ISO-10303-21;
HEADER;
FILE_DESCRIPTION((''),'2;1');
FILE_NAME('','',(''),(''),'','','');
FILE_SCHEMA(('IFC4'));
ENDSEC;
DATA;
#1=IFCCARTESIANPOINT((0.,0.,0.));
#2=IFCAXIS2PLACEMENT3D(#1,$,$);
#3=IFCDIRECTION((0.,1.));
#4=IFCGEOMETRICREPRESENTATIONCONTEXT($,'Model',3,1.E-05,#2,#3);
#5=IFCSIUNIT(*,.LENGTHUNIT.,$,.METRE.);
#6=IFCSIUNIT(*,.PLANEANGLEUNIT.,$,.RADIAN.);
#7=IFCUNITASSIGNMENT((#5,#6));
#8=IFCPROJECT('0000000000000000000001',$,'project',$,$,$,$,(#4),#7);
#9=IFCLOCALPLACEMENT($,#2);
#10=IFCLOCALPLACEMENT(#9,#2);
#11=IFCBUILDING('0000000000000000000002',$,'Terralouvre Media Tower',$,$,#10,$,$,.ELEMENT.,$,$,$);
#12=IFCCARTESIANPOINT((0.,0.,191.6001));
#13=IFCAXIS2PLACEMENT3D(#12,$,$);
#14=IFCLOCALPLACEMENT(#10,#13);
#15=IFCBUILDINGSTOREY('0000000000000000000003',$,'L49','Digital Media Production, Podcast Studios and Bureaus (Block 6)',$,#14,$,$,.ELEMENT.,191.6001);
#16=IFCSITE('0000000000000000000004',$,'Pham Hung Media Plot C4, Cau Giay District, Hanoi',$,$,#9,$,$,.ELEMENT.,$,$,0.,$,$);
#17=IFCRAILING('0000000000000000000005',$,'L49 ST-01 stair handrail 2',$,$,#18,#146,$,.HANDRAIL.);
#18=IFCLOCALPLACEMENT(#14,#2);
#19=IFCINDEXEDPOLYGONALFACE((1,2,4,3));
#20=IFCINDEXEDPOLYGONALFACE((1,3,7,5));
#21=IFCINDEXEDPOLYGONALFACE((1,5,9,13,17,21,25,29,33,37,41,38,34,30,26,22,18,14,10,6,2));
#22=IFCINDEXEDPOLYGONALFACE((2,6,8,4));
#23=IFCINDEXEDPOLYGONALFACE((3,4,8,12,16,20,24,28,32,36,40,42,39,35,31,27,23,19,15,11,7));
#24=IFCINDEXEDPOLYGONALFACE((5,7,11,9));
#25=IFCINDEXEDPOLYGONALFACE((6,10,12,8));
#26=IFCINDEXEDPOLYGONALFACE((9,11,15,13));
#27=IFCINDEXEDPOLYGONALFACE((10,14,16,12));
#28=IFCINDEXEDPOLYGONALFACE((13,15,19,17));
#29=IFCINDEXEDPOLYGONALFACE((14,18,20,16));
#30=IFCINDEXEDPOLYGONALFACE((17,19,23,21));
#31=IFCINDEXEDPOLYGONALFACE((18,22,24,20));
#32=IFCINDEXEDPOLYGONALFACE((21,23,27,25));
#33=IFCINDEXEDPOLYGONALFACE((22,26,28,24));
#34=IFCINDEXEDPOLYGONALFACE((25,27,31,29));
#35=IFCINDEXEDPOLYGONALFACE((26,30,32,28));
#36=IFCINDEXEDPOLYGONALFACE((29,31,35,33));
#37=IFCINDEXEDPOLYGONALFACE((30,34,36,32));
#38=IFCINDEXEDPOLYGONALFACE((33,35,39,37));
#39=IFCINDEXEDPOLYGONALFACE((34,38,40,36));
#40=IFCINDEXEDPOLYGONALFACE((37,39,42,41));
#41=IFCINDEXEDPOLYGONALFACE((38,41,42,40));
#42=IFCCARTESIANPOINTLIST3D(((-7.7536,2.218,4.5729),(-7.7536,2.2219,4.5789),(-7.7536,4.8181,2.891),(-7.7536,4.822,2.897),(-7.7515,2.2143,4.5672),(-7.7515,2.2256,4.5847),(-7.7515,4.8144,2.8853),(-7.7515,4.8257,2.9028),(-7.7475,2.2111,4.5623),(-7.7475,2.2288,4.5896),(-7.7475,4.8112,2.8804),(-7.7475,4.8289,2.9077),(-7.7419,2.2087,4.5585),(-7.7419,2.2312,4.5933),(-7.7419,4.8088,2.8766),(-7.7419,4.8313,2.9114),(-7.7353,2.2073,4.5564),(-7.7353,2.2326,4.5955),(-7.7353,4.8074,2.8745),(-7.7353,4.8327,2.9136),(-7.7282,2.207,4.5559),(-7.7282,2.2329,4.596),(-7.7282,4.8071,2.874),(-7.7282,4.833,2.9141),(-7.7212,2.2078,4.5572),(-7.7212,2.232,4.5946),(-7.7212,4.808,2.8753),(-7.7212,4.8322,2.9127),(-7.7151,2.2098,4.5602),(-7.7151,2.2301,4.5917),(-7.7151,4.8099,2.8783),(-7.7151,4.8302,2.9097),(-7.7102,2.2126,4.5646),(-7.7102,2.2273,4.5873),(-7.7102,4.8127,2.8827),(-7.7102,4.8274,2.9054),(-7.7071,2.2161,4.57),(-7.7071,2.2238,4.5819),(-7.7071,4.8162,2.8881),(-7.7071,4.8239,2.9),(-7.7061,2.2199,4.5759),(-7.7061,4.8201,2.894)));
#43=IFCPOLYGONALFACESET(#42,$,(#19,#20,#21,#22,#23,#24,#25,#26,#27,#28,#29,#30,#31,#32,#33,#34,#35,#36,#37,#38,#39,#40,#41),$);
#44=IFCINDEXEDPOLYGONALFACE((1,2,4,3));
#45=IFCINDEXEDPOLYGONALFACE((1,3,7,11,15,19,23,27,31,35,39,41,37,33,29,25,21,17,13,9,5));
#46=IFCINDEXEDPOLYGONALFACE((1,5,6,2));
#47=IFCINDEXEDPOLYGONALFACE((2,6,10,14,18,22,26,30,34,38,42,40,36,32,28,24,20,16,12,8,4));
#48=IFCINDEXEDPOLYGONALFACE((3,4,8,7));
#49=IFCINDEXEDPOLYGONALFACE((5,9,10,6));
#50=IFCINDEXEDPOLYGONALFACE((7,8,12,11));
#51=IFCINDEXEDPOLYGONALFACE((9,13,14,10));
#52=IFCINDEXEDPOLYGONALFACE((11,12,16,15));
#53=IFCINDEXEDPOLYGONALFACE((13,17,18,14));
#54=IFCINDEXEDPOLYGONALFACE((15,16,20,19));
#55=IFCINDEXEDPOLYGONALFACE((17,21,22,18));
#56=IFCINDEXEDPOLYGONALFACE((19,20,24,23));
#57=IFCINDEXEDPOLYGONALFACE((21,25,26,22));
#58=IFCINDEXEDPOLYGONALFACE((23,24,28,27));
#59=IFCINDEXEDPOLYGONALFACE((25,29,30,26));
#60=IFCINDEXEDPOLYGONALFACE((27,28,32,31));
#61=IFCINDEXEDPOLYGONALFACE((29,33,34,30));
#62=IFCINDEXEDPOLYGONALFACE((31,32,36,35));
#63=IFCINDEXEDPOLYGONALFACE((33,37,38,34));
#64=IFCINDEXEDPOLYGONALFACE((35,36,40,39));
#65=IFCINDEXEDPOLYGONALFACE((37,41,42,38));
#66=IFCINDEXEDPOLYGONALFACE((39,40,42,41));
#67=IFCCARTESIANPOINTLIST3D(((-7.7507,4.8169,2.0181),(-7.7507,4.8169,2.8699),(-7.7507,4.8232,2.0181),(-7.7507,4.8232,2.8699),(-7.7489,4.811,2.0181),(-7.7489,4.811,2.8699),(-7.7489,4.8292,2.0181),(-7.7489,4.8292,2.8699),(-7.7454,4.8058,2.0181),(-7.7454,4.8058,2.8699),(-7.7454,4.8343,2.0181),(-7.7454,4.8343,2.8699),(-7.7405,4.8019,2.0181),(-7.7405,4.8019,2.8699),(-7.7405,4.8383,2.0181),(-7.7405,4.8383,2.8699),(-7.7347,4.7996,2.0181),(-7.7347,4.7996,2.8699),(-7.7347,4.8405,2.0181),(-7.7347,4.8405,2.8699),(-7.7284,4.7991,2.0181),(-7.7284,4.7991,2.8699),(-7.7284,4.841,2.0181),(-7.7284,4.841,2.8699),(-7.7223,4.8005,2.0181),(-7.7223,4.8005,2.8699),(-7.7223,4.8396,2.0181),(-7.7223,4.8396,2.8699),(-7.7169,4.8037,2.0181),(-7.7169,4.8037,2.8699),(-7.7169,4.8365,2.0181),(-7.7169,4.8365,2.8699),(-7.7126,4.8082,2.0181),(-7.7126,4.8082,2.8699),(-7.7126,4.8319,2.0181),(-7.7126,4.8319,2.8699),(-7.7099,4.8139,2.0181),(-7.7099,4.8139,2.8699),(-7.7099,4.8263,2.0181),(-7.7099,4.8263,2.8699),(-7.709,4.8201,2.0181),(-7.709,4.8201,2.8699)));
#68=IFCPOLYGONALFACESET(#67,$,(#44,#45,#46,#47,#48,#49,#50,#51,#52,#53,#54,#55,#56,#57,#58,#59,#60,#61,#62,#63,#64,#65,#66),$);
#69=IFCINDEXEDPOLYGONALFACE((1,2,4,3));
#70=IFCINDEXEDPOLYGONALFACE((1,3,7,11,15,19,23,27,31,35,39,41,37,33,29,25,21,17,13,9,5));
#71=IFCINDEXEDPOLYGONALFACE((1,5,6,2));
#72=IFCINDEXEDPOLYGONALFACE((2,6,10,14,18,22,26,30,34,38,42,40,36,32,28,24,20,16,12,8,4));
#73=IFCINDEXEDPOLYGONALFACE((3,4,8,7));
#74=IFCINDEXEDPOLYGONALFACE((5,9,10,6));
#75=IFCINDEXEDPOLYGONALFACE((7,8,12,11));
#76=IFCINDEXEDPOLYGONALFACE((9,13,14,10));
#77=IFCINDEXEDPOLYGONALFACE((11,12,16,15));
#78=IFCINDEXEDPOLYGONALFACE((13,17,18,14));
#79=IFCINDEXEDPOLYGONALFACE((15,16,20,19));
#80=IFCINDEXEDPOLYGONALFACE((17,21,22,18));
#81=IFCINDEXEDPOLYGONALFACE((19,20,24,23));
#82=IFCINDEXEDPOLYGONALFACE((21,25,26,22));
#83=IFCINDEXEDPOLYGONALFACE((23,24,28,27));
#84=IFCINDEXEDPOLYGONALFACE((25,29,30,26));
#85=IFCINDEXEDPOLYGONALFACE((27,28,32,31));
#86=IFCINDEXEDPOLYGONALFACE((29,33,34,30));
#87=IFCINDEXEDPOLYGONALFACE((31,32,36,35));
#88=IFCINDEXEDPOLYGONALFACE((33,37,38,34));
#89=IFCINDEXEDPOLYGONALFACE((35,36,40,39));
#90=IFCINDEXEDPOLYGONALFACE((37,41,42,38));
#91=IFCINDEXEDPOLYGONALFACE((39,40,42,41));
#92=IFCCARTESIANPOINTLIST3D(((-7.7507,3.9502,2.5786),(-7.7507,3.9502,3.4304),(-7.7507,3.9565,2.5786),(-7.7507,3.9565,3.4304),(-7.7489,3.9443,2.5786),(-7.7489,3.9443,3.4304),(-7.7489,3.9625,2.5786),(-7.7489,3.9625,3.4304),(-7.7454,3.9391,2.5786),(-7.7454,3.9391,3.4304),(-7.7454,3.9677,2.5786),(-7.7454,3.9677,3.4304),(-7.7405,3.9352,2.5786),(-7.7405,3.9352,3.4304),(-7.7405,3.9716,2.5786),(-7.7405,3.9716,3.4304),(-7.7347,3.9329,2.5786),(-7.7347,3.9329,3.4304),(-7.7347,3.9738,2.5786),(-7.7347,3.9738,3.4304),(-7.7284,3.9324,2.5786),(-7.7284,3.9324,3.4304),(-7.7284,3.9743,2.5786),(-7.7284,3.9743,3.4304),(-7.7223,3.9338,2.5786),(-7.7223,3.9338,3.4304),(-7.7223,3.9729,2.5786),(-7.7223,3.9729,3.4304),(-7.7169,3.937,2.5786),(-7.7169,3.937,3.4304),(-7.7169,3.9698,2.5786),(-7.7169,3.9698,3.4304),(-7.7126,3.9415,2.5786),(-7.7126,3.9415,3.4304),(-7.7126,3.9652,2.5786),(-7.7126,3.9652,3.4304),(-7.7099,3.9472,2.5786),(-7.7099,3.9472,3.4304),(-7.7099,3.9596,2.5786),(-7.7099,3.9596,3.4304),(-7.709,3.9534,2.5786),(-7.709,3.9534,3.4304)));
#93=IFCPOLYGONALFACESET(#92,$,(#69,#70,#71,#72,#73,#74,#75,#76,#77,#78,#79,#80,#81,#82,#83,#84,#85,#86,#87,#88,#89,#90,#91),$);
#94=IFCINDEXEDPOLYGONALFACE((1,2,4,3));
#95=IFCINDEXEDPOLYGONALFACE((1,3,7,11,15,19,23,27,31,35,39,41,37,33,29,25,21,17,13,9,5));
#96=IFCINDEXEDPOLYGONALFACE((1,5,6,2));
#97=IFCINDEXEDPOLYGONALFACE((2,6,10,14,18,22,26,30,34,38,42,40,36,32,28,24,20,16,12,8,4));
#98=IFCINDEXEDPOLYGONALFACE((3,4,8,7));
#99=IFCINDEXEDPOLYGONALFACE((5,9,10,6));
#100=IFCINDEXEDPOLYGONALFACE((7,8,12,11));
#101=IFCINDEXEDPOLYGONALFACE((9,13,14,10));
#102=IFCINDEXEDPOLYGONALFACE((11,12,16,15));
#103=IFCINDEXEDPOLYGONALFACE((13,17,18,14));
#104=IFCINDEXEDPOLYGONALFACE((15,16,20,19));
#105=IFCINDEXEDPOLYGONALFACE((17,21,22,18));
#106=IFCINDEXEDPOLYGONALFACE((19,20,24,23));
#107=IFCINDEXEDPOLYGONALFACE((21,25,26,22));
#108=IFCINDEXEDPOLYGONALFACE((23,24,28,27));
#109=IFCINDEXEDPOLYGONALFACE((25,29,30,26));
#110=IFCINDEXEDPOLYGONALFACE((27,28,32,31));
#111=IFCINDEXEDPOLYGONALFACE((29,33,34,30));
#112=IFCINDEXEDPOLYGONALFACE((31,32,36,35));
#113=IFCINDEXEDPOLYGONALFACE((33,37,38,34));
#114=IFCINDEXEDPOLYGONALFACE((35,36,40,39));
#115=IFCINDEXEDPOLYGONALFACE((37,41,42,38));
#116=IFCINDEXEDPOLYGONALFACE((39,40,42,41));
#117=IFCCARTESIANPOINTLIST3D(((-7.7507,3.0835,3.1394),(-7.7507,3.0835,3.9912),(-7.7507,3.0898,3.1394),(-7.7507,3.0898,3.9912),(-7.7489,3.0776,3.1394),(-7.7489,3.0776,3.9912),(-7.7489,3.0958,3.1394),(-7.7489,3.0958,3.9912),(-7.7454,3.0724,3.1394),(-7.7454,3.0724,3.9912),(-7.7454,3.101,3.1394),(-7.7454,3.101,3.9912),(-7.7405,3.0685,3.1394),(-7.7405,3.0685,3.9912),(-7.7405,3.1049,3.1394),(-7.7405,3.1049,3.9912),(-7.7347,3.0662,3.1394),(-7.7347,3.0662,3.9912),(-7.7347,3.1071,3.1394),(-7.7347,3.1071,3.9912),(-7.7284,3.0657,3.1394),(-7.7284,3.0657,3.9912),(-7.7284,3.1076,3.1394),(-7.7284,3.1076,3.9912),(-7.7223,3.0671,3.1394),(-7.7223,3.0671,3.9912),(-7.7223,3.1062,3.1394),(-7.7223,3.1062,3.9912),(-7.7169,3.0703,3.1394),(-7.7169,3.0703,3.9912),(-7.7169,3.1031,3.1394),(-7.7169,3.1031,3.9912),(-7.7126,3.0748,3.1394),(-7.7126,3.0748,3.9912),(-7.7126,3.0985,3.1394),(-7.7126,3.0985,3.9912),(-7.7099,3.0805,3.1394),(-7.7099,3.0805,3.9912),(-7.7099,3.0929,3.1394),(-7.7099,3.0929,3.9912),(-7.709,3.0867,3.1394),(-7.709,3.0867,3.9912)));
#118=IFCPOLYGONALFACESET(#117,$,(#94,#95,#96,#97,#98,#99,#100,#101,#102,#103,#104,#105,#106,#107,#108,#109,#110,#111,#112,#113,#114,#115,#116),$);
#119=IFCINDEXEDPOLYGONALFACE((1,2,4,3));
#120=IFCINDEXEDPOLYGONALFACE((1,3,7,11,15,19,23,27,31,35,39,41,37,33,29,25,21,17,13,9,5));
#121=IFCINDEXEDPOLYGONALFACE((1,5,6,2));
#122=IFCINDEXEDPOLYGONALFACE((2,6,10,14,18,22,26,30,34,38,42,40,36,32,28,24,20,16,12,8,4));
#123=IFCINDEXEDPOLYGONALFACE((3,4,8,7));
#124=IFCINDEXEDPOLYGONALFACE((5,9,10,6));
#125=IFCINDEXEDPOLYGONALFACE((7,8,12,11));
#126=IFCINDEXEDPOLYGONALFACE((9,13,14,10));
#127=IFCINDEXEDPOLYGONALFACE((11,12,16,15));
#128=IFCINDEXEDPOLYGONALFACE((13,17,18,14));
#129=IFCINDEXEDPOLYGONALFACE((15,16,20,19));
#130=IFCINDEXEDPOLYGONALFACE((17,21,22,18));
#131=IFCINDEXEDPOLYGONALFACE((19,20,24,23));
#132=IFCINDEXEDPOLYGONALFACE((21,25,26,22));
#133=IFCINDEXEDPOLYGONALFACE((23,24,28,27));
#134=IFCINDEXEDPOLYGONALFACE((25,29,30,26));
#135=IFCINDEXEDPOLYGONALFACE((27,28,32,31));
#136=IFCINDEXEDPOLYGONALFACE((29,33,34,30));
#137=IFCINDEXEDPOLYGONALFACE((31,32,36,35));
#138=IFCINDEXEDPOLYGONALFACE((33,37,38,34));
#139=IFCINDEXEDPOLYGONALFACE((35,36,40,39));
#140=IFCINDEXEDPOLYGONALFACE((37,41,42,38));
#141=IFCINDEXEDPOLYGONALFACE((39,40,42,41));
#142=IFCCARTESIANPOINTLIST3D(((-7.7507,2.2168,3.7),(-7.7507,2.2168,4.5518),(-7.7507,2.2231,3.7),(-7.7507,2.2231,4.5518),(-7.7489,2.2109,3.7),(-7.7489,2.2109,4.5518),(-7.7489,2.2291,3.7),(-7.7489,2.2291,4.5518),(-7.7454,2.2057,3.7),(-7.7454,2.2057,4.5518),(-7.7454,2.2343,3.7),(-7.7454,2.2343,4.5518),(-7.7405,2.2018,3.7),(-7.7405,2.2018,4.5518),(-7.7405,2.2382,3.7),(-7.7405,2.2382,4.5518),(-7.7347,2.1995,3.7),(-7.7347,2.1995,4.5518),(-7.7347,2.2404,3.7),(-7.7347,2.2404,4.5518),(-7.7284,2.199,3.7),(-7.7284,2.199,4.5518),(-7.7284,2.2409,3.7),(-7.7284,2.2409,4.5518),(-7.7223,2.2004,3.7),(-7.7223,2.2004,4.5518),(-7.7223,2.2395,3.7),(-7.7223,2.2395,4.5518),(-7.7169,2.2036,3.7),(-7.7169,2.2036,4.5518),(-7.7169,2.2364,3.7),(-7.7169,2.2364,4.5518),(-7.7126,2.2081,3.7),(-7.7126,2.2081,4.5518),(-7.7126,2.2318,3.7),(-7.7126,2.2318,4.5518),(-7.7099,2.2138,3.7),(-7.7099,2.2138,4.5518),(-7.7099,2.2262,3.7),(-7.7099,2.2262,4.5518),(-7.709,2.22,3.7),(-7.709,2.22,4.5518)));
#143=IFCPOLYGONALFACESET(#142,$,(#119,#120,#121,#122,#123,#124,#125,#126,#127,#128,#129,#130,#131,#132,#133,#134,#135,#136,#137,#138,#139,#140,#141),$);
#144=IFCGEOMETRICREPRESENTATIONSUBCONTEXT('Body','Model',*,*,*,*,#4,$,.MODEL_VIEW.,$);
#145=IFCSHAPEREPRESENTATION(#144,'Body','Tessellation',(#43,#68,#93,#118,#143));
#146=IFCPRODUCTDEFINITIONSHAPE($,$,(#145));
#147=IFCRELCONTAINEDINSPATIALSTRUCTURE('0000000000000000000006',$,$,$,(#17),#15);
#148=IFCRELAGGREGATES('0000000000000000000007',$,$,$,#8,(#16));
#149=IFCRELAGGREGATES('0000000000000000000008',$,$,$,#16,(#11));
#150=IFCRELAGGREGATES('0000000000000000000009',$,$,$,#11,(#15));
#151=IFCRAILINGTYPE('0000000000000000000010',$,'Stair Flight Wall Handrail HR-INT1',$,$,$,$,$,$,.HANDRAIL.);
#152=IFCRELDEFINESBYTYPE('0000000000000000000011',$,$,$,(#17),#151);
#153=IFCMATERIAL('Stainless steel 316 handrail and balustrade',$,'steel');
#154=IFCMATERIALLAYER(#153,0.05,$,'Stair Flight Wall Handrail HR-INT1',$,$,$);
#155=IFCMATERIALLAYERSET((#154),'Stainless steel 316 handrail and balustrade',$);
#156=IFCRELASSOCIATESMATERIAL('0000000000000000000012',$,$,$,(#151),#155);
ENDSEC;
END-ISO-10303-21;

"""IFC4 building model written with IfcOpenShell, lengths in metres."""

from ifc_helpers import new_model, si_unit, direction, frame, origin, origin_2d, place, context, subcontext, project, spatial, circle, extrude, material, layer, layer_set, type_object, element, save


model = new_model("IFC4")

# Units and contexts
model_context = context("Model", 3, precision=1e-05, world=origin(), true_north=direction((0.0, 1.0)))
body_context = subcontext(model_context, "Body", "Model", "MODEL_VIEW")
ifc_project = project(units=[si_unit("LENGTHUNIT", "METRE"), si_unit("PLANEANGLEUNIT", "RADIAN")], contexts=[model_context])

# Site, building, storey
site_placement = place(None, origin())
site = spatial("IfcSite", under=ifc_project, at=site_placement, Name="Pham Hung Media Plot C4, Cau Giay District, Hanoi", CompositionType="ELEMENT", RefElevation=0.0)
building_placement = place(site_placement, origin())
building = spatial("IfcBuilding", under=site, at=building_placement, Name="Terralouvre Media Tower", CompositionType="ELEMENT")
storey_placement = place(building_placement, frame((0.0, 0.0, 191.6001)))
storey = spatial("IfcBuildingStorey", under=building, at=storey_placement, Name="L49", Description="Digital Media Production, Podcast Studios and Bureaus (Block 6)", CompositionType="ELEMENT", Elevation=191.6001)

# Railing
ifc_material_1 = material(Name="Stainless steel 316 handrail and balustrade", Category="steel")
ifc_layer_1 = layer(ifc_material_1, 0.05, Name="Stair Flight Wall Handrail HR-INT1")
ifc_layer_set_1 = layer_set([ifc_layer_1], Name="Stainless steel 316 handrail and balustrade")
railing_type_1 = type_object("IfcRailingType", Name="Stair Flight Wall Handrail HR-INT1", PredefinedType="HANDRAIL", material=ifc_layer_set_1)
railing_1_placement = place(storey_placement, frame((-7.73, 4.8201, 2.0181)))
element("IfcRailing", 1, at=railing_1_placement, inside=storey, type_object=railing_type_1, Name="L49 ST-01 stair handrail 2", PredefinedType="HANDRAIL", context=body_context, shape_type="SweptSolid", body=[
    extrude(circle(Radius=0.0239, at=origin_2d()), frame((0.0, 0.0, 0.876), z_axis=(0.0, -0.839648, 0.54313), x_axis=(1.0, 0.0, 0.0)), (0.0, 0.0, 1.0), 3.0967),
    extrude(circle(Radius=0.021, at=origin_2d()), origin(), (0.0, 0.0, 1.0), 0.8518),
    extrude(circle(Radius=0.021, at=origin_2d()), frame((0.0, -0.8667, 0.5605)), (0.0, 0.0, 1.0), 0.8518),
    extrude(circle(Radius=0.021, at=origin_2d()), frame((0.0, -1.7334, 1.1213)), (0.0, 0.0, 1.0), 0.8518),
    extrude(circle(Radius=0.021, at=origin_2d()), frame((0.0, -2.6001, 1.6819)), (0.0, 0.0, 1.0), 0.8518),
])

save(model, "model.ifc")
